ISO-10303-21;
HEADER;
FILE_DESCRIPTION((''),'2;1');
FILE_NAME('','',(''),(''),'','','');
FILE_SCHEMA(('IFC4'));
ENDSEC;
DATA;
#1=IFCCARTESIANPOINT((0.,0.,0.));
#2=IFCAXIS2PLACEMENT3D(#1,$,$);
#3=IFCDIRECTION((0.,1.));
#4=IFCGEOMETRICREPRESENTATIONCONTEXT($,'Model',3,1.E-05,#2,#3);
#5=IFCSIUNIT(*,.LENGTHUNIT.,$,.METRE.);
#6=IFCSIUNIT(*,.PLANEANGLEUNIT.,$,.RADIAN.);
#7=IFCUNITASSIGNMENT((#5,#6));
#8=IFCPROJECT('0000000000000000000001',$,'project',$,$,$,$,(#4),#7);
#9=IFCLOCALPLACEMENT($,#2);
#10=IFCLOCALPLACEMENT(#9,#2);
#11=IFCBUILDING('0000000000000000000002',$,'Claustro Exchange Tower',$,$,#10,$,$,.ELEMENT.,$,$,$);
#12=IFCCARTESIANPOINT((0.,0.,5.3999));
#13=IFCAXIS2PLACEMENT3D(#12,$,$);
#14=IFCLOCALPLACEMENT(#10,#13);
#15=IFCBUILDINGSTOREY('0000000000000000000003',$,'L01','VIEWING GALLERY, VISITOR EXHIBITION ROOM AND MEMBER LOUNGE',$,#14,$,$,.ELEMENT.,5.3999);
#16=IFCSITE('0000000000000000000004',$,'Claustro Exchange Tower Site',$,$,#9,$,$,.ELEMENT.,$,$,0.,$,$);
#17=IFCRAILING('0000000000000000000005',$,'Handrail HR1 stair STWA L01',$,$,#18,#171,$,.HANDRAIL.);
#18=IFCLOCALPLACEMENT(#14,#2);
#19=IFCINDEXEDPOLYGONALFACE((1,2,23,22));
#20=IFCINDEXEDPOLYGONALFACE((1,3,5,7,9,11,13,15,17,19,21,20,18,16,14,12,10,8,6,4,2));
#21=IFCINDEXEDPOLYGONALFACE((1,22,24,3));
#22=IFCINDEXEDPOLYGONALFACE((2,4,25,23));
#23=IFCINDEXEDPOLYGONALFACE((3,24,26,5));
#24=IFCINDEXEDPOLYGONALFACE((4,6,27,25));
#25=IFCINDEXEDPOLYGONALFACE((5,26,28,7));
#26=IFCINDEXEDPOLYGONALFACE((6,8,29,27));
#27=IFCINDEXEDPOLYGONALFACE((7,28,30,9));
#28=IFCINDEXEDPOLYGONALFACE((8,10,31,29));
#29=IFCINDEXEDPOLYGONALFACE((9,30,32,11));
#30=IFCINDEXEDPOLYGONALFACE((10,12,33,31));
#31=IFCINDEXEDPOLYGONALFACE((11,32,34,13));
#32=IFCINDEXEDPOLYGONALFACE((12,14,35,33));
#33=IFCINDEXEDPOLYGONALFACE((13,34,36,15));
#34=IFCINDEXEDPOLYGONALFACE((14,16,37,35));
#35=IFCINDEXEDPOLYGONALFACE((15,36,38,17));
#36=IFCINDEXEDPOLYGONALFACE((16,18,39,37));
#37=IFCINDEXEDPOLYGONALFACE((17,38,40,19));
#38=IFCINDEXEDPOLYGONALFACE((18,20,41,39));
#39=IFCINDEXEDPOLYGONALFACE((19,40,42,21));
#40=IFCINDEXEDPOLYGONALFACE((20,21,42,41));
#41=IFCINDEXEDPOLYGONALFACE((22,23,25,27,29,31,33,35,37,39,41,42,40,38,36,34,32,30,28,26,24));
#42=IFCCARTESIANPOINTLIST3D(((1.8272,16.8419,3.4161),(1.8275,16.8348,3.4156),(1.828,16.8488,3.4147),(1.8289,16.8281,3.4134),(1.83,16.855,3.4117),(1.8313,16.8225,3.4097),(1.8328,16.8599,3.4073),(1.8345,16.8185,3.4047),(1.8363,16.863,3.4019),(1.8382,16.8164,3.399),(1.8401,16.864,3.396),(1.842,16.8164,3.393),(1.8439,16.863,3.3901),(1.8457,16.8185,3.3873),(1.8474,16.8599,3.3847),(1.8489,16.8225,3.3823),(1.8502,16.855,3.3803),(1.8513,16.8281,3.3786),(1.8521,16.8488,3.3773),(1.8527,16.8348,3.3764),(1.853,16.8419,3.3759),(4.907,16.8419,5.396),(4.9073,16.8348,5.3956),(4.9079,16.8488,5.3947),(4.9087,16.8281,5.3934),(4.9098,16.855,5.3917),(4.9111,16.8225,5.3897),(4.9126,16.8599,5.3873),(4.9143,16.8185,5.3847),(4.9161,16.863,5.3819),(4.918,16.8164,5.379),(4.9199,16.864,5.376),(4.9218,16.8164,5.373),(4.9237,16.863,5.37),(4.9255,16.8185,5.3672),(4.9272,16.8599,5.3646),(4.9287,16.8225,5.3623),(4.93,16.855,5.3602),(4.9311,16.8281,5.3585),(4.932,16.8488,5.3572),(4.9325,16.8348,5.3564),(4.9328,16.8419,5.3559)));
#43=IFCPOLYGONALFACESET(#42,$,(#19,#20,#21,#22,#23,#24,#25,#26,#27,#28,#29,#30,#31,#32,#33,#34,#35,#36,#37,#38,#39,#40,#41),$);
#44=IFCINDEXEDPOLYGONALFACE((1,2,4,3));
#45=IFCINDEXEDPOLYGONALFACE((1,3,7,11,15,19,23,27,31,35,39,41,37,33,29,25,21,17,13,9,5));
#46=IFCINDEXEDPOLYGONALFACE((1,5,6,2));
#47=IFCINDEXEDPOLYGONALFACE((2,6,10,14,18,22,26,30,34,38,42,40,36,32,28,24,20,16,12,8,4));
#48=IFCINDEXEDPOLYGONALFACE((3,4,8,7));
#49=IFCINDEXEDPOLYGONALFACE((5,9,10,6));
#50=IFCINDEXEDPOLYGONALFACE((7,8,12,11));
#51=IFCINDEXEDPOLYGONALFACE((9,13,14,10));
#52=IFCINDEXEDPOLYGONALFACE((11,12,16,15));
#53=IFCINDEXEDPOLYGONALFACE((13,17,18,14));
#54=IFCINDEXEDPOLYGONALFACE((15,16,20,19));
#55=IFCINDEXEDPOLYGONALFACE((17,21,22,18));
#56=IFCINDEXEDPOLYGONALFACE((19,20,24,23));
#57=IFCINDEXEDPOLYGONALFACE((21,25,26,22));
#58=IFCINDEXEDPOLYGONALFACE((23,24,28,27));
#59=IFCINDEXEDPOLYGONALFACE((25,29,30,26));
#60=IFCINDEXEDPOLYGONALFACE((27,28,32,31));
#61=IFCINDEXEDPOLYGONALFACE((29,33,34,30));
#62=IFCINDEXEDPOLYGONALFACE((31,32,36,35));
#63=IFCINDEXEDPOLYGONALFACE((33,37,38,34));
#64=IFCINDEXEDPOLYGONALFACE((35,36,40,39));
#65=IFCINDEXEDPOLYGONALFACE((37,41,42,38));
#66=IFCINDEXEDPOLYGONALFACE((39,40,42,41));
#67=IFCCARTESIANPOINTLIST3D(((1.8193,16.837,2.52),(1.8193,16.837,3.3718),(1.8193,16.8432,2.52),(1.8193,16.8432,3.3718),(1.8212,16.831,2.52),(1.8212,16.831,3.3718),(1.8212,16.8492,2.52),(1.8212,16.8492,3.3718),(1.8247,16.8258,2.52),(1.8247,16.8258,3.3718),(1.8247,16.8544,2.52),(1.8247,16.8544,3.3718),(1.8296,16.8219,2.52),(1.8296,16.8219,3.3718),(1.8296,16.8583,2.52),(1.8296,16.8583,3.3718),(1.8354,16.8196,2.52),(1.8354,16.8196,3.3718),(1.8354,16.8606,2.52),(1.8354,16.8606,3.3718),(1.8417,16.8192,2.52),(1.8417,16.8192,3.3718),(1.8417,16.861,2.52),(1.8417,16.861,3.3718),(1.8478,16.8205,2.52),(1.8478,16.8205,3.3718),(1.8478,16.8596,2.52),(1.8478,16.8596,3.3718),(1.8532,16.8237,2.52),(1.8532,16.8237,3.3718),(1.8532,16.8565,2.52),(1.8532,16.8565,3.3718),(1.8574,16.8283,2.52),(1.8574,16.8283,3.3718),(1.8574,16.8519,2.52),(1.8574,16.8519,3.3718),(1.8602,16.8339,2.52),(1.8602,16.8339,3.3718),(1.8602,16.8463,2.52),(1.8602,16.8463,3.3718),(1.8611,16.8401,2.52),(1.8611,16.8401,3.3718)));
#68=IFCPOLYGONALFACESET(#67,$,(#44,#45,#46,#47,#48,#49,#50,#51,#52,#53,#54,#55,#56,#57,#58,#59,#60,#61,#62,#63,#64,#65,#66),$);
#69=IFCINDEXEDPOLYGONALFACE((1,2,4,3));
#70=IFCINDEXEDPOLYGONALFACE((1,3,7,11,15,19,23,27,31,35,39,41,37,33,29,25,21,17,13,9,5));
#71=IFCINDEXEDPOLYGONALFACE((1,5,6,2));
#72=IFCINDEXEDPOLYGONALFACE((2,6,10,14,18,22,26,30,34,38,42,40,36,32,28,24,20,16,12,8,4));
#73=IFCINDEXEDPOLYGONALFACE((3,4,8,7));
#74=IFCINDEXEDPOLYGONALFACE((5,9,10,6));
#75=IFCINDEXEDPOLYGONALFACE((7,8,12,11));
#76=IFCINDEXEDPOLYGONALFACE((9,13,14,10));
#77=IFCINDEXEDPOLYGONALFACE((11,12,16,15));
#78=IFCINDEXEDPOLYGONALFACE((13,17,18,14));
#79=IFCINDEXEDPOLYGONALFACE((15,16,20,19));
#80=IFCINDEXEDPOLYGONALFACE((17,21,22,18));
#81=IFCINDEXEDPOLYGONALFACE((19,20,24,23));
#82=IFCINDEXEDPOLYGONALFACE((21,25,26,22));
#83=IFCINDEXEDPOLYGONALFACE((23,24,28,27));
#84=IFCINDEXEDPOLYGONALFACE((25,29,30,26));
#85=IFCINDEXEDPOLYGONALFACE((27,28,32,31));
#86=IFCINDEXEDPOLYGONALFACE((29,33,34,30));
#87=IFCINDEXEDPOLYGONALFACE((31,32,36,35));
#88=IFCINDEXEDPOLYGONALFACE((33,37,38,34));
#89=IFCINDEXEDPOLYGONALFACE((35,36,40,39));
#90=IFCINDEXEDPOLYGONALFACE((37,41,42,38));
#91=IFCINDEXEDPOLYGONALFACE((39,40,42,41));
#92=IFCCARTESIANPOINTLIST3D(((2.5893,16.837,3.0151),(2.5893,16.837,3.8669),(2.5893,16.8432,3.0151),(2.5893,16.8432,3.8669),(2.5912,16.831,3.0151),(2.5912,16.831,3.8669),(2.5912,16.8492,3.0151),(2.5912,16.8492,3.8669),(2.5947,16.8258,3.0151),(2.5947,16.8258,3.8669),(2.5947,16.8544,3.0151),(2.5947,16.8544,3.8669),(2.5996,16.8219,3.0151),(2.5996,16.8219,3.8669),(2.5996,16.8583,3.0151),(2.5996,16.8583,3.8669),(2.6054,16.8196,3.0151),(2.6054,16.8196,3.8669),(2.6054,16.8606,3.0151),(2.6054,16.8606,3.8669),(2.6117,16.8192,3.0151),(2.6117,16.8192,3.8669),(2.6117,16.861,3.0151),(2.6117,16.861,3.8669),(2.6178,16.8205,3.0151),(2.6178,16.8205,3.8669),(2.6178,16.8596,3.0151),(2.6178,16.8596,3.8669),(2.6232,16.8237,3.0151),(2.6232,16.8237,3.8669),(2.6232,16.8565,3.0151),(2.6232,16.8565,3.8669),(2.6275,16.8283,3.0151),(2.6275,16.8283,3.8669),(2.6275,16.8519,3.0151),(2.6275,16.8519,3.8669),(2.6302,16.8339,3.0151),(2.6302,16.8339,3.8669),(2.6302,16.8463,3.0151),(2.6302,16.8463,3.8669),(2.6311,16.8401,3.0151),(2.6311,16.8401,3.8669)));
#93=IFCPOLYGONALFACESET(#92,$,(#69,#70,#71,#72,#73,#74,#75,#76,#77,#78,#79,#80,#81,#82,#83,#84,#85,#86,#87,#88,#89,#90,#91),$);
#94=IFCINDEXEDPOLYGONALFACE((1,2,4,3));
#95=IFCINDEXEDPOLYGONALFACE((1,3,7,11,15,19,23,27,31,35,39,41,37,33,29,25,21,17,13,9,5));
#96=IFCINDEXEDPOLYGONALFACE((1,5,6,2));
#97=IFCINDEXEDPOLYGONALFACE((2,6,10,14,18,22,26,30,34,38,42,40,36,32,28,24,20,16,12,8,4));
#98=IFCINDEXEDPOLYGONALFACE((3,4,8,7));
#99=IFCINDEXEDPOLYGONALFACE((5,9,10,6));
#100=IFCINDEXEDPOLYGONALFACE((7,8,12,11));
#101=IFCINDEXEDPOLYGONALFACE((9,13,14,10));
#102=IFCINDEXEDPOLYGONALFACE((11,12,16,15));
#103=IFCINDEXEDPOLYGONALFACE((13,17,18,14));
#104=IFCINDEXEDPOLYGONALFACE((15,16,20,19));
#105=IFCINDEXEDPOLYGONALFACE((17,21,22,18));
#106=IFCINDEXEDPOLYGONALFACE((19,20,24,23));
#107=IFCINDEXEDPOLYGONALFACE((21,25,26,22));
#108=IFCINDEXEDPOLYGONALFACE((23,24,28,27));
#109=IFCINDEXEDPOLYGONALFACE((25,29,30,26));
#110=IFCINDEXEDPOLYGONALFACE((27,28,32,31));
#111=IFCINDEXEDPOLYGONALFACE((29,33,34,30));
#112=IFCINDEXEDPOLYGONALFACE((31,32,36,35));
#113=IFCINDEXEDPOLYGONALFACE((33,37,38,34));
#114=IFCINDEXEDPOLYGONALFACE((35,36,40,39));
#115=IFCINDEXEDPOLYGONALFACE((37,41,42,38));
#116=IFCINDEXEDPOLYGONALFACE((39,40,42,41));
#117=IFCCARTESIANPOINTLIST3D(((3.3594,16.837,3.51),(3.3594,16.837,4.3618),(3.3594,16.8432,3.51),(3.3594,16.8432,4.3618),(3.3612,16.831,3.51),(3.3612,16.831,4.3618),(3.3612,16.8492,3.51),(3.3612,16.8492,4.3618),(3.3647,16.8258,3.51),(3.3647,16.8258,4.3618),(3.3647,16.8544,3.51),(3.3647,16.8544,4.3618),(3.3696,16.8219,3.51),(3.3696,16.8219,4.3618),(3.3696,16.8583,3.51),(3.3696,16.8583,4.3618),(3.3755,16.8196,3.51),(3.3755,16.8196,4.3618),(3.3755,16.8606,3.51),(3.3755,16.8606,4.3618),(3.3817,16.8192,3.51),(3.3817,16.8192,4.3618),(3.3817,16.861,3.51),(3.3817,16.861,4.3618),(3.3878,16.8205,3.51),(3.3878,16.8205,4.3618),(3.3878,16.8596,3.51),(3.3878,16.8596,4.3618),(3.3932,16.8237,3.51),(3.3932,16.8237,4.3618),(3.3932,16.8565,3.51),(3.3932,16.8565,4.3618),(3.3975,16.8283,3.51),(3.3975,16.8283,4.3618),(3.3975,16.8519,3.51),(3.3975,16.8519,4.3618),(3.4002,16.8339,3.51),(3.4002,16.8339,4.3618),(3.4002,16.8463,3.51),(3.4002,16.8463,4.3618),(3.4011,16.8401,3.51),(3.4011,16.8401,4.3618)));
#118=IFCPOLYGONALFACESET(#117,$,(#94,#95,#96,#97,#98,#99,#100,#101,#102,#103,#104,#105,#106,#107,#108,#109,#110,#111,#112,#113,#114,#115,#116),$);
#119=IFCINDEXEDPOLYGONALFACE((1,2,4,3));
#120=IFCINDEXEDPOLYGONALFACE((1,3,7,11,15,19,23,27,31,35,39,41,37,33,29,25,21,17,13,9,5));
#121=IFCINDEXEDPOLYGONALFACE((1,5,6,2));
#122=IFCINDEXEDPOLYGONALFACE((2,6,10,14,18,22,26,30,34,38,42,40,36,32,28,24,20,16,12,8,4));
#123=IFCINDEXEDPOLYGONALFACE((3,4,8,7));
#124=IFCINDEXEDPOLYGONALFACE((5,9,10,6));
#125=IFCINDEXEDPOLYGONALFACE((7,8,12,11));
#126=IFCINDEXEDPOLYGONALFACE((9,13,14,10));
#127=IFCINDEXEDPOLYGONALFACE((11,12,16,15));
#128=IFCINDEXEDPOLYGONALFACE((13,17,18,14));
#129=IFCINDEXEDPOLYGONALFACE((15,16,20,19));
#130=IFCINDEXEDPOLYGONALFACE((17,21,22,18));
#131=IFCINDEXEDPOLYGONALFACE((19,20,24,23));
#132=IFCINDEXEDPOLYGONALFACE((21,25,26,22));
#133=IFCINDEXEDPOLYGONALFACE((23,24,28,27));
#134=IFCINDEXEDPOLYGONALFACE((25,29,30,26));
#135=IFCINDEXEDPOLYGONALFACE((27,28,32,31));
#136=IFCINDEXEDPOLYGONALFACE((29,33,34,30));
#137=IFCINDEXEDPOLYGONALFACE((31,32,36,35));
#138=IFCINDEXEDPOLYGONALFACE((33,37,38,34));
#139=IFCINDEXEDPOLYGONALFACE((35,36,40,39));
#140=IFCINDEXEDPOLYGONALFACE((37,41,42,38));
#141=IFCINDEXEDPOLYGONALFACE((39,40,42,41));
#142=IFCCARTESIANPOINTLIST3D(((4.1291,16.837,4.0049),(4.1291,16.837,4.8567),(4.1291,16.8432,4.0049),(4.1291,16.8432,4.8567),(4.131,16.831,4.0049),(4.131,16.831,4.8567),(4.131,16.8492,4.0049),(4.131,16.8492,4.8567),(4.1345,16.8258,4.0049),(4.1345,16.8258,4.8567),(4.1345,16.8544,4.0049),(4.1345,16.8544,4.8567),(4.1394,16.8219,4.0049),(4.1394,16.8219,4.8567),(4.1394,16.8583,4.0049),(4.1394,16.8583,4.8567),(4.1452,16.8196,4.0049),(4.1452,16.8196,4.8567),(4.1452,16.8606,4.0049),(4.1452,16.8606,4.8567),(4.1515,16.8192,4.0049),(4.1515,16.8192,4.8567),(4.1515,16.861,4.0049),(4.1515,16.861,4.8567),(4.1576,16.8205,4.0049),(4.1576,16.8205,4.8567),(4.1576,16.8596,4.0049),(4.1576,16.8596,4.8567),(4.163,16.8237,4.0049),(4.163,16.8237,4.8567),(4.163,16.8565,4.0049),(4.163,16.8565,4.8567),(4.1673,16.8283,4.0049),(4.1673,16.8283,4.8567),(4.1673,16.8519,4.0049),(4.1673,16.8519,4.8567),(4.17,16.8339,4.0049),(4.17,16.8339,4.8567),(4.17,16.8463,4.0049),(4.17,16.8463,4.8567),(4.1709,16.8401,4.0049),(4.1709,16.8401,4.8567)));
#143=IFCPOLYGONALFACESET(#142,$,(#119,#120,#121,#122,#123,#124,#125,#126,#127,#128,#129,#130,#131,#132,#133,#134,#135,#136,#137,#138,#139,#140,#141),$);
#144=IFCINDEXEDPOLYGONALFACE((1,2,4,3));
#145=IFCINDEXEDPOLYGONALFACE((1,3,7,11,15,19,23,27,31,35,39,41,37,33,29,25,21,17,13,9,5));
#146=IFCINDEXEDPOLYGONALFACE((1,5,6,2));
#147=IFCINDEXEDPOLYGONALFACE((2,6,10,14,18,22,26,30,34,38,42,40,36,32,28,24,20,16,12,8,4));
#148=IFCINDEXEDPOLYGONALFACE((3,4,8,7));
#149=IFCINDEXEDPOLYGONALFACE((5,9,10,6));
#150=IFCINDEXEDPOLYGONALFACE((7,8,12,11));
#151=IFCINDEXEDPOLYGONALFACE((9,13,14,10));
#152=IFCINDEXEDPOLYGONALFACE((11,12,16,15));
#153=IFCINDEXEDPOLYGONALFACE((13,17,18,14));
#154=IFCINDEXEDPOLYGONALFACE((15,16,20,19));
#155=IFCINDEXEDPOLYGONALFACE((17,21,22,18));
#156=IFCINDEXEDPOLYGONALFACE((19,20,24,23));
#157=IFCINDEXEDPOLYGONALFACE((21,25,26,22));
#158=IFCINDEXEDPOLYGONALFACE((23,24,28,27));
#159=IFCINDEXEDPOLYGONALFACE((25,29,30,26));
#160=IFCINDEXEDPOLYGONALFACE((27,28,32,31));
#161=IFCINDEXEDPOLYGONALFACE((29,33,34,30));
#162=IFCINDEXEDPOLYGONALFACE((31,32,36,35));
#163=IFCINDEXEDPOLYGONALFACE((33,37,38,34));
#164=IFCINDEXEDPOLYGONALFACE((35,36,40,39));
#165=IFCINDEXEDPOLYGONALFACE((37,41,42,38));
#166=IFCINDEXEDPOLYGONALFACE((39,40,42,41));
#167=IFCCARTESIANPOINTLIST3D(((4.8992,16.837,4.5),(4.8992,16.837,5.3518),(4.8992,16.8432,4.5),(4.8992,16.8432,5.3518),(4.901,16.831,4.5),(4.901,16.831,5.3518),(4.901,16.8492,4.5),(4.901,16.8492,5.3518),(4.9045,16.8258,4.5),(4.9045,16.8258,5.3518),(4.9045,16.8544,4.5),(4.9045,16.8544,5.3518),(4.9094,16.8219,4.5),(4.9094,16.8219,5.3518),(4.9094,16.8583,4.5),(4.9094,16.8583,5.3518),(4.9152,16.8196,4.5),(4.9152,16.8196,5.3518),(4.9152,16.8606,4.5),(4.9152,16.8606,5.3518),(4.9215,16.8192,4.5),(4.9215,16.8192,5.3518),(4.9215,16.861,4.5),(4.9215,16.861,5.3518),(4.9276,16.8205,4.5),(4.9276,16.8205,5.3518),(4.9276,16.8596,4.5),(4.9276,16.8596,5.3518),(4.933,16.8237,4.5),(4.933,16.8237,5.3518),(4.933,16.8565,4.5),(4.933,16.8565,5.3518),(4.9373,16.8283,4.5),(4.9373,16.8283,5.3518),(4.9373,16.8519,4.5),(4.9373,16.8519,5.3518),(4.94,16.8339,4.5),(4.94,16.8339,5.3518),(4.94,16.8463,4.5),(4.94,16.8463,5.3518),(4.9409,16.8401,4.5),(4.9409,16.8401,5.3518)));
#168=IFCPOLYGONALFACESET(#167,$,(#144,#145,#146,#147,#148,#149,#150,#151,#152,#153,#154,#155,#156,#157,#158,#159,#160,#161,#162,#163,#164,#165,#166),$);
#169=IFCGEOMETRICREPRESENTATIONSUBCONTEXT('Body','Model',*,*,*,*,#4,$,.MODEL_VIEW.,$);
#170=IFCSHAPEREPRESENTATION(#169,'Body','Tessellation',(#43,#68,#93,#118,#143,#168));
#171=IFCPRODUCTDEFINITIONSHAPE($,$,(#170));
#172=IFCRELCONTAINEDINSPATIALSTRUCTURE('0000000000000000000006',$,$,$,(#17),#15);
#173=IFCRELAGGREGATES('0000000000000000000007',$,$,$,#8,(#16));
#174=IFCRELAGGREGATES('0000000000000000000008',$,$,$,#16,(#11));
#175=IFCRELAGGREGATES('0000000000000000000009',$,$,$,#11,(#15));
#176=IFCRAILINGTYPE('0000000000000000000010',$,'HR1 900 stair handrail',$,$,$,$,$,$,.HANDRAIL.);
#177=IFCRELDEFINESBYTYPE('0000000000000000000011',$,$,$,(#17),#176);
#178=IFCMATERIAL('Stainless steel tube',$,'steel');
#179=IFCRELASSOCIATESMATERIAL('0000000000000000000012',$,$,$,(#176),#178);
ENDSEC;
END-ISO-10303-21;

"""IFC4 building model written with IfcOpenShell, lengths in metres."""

from ifc_helpers import new_model, si_unit, direction, frame, origin, origin_2d, place, context, subcontext, project, spatial, circle, extrude, material, type_object, element, save


model = new_model("IFC4")

# Units and contexts
model_context = context("Model", 3, precision=1e-05, world=origin(), true_north=direction((0.0, 1.0)))
body_context = subcontext(model_context, "Body", "Model", "MODEL_VIEW")
ifc_project = project(units=[si_unit("LENGTHUNIT", "METRE"), si_unit("PLANEANGLEUNIT", "RADIAN")], contexts=[model_context])

# Site, building, storey
site_placement = place(None, origin())
site = spatial("IfcSite", under=ifc_project, at=site_placement, Name="Claustro Exchange Tower Site", CompositionType="ELEMENT", RefElevation=0.0)
building_placement = place(site_placement, origin())
building = spatial("IfcBuilding", under=site, at=building_placement, Name="Claustro Exchange Tower", CompositionType="ELEMENT")
storey_placement = place(building_placement, frame((0.0, 0.0, 5.3999)))
storey = spatial("IfcBuildingStorey", under=building, at=storey_placement, Name="L01", Description="VIEWING GALLERY, VISITOR EXHIBITION ROOM AND MEMBER LOUNGE", CompositionType="ELEMENT", Elevation=5.3999)

# Railing
ifc_material_1 = material(Name="Stainless steel tube", Category="steel")
railing_type = type_object("IfcRailingType", Name="HR1 900 stair handrail", PredefinedType="HANDRAIL", material=ifc_material_1)
railing_placement = place(storey_placement, frame((1.8401, 16.8401, 2.52)))
element("IfcRailing", 1, at=railing_placement, inside=storey, type_object=railing_type, Name="Handrail HR1 stair STWA L01", PredefinedType="HANDRAIL", context=body_context, shape_type="SweptSolid", body=[
    extrude(circle(Radius=0.0239, at=origin_2d()), frame((0.0, 0.0, 0.876), z_axis=(0.841168, 0.0, 0.540774), x_axis=(0.0, 1.0, 0.0)), (0.0, 0.0, 1.0), 3.6614),
    extrude(circle(Radius=0.021, at=origin_2d()), origin(), (0.0, 0.0, 1.0), 0.8518),
    extrude(circle(Radius=0.021, at=origin_2d()), frame((0.77, 0.0, 0.4951)), (0.0, 0.0, 1.0), 0.8518),
    extrude(circle(Radius=0.021, at=origin_2d()), frame((1.54, 0.0, 0.99)), (0.0, 0.0, 1.0), 0.8518),
    extrude(circle(Radius=0.021, at=origin_2d()), frame((2.3098, 0.0, 1.4849)), (0.0, 0.0, 1.0), 0.8518),
    extrude(circle(Radius=0.021, at=origin_2d()), frame((3.0798, 0.0, 1.98)), (0.0, 0.0, 1.0), 0.8518),
])

save(model, "model.ifc")
